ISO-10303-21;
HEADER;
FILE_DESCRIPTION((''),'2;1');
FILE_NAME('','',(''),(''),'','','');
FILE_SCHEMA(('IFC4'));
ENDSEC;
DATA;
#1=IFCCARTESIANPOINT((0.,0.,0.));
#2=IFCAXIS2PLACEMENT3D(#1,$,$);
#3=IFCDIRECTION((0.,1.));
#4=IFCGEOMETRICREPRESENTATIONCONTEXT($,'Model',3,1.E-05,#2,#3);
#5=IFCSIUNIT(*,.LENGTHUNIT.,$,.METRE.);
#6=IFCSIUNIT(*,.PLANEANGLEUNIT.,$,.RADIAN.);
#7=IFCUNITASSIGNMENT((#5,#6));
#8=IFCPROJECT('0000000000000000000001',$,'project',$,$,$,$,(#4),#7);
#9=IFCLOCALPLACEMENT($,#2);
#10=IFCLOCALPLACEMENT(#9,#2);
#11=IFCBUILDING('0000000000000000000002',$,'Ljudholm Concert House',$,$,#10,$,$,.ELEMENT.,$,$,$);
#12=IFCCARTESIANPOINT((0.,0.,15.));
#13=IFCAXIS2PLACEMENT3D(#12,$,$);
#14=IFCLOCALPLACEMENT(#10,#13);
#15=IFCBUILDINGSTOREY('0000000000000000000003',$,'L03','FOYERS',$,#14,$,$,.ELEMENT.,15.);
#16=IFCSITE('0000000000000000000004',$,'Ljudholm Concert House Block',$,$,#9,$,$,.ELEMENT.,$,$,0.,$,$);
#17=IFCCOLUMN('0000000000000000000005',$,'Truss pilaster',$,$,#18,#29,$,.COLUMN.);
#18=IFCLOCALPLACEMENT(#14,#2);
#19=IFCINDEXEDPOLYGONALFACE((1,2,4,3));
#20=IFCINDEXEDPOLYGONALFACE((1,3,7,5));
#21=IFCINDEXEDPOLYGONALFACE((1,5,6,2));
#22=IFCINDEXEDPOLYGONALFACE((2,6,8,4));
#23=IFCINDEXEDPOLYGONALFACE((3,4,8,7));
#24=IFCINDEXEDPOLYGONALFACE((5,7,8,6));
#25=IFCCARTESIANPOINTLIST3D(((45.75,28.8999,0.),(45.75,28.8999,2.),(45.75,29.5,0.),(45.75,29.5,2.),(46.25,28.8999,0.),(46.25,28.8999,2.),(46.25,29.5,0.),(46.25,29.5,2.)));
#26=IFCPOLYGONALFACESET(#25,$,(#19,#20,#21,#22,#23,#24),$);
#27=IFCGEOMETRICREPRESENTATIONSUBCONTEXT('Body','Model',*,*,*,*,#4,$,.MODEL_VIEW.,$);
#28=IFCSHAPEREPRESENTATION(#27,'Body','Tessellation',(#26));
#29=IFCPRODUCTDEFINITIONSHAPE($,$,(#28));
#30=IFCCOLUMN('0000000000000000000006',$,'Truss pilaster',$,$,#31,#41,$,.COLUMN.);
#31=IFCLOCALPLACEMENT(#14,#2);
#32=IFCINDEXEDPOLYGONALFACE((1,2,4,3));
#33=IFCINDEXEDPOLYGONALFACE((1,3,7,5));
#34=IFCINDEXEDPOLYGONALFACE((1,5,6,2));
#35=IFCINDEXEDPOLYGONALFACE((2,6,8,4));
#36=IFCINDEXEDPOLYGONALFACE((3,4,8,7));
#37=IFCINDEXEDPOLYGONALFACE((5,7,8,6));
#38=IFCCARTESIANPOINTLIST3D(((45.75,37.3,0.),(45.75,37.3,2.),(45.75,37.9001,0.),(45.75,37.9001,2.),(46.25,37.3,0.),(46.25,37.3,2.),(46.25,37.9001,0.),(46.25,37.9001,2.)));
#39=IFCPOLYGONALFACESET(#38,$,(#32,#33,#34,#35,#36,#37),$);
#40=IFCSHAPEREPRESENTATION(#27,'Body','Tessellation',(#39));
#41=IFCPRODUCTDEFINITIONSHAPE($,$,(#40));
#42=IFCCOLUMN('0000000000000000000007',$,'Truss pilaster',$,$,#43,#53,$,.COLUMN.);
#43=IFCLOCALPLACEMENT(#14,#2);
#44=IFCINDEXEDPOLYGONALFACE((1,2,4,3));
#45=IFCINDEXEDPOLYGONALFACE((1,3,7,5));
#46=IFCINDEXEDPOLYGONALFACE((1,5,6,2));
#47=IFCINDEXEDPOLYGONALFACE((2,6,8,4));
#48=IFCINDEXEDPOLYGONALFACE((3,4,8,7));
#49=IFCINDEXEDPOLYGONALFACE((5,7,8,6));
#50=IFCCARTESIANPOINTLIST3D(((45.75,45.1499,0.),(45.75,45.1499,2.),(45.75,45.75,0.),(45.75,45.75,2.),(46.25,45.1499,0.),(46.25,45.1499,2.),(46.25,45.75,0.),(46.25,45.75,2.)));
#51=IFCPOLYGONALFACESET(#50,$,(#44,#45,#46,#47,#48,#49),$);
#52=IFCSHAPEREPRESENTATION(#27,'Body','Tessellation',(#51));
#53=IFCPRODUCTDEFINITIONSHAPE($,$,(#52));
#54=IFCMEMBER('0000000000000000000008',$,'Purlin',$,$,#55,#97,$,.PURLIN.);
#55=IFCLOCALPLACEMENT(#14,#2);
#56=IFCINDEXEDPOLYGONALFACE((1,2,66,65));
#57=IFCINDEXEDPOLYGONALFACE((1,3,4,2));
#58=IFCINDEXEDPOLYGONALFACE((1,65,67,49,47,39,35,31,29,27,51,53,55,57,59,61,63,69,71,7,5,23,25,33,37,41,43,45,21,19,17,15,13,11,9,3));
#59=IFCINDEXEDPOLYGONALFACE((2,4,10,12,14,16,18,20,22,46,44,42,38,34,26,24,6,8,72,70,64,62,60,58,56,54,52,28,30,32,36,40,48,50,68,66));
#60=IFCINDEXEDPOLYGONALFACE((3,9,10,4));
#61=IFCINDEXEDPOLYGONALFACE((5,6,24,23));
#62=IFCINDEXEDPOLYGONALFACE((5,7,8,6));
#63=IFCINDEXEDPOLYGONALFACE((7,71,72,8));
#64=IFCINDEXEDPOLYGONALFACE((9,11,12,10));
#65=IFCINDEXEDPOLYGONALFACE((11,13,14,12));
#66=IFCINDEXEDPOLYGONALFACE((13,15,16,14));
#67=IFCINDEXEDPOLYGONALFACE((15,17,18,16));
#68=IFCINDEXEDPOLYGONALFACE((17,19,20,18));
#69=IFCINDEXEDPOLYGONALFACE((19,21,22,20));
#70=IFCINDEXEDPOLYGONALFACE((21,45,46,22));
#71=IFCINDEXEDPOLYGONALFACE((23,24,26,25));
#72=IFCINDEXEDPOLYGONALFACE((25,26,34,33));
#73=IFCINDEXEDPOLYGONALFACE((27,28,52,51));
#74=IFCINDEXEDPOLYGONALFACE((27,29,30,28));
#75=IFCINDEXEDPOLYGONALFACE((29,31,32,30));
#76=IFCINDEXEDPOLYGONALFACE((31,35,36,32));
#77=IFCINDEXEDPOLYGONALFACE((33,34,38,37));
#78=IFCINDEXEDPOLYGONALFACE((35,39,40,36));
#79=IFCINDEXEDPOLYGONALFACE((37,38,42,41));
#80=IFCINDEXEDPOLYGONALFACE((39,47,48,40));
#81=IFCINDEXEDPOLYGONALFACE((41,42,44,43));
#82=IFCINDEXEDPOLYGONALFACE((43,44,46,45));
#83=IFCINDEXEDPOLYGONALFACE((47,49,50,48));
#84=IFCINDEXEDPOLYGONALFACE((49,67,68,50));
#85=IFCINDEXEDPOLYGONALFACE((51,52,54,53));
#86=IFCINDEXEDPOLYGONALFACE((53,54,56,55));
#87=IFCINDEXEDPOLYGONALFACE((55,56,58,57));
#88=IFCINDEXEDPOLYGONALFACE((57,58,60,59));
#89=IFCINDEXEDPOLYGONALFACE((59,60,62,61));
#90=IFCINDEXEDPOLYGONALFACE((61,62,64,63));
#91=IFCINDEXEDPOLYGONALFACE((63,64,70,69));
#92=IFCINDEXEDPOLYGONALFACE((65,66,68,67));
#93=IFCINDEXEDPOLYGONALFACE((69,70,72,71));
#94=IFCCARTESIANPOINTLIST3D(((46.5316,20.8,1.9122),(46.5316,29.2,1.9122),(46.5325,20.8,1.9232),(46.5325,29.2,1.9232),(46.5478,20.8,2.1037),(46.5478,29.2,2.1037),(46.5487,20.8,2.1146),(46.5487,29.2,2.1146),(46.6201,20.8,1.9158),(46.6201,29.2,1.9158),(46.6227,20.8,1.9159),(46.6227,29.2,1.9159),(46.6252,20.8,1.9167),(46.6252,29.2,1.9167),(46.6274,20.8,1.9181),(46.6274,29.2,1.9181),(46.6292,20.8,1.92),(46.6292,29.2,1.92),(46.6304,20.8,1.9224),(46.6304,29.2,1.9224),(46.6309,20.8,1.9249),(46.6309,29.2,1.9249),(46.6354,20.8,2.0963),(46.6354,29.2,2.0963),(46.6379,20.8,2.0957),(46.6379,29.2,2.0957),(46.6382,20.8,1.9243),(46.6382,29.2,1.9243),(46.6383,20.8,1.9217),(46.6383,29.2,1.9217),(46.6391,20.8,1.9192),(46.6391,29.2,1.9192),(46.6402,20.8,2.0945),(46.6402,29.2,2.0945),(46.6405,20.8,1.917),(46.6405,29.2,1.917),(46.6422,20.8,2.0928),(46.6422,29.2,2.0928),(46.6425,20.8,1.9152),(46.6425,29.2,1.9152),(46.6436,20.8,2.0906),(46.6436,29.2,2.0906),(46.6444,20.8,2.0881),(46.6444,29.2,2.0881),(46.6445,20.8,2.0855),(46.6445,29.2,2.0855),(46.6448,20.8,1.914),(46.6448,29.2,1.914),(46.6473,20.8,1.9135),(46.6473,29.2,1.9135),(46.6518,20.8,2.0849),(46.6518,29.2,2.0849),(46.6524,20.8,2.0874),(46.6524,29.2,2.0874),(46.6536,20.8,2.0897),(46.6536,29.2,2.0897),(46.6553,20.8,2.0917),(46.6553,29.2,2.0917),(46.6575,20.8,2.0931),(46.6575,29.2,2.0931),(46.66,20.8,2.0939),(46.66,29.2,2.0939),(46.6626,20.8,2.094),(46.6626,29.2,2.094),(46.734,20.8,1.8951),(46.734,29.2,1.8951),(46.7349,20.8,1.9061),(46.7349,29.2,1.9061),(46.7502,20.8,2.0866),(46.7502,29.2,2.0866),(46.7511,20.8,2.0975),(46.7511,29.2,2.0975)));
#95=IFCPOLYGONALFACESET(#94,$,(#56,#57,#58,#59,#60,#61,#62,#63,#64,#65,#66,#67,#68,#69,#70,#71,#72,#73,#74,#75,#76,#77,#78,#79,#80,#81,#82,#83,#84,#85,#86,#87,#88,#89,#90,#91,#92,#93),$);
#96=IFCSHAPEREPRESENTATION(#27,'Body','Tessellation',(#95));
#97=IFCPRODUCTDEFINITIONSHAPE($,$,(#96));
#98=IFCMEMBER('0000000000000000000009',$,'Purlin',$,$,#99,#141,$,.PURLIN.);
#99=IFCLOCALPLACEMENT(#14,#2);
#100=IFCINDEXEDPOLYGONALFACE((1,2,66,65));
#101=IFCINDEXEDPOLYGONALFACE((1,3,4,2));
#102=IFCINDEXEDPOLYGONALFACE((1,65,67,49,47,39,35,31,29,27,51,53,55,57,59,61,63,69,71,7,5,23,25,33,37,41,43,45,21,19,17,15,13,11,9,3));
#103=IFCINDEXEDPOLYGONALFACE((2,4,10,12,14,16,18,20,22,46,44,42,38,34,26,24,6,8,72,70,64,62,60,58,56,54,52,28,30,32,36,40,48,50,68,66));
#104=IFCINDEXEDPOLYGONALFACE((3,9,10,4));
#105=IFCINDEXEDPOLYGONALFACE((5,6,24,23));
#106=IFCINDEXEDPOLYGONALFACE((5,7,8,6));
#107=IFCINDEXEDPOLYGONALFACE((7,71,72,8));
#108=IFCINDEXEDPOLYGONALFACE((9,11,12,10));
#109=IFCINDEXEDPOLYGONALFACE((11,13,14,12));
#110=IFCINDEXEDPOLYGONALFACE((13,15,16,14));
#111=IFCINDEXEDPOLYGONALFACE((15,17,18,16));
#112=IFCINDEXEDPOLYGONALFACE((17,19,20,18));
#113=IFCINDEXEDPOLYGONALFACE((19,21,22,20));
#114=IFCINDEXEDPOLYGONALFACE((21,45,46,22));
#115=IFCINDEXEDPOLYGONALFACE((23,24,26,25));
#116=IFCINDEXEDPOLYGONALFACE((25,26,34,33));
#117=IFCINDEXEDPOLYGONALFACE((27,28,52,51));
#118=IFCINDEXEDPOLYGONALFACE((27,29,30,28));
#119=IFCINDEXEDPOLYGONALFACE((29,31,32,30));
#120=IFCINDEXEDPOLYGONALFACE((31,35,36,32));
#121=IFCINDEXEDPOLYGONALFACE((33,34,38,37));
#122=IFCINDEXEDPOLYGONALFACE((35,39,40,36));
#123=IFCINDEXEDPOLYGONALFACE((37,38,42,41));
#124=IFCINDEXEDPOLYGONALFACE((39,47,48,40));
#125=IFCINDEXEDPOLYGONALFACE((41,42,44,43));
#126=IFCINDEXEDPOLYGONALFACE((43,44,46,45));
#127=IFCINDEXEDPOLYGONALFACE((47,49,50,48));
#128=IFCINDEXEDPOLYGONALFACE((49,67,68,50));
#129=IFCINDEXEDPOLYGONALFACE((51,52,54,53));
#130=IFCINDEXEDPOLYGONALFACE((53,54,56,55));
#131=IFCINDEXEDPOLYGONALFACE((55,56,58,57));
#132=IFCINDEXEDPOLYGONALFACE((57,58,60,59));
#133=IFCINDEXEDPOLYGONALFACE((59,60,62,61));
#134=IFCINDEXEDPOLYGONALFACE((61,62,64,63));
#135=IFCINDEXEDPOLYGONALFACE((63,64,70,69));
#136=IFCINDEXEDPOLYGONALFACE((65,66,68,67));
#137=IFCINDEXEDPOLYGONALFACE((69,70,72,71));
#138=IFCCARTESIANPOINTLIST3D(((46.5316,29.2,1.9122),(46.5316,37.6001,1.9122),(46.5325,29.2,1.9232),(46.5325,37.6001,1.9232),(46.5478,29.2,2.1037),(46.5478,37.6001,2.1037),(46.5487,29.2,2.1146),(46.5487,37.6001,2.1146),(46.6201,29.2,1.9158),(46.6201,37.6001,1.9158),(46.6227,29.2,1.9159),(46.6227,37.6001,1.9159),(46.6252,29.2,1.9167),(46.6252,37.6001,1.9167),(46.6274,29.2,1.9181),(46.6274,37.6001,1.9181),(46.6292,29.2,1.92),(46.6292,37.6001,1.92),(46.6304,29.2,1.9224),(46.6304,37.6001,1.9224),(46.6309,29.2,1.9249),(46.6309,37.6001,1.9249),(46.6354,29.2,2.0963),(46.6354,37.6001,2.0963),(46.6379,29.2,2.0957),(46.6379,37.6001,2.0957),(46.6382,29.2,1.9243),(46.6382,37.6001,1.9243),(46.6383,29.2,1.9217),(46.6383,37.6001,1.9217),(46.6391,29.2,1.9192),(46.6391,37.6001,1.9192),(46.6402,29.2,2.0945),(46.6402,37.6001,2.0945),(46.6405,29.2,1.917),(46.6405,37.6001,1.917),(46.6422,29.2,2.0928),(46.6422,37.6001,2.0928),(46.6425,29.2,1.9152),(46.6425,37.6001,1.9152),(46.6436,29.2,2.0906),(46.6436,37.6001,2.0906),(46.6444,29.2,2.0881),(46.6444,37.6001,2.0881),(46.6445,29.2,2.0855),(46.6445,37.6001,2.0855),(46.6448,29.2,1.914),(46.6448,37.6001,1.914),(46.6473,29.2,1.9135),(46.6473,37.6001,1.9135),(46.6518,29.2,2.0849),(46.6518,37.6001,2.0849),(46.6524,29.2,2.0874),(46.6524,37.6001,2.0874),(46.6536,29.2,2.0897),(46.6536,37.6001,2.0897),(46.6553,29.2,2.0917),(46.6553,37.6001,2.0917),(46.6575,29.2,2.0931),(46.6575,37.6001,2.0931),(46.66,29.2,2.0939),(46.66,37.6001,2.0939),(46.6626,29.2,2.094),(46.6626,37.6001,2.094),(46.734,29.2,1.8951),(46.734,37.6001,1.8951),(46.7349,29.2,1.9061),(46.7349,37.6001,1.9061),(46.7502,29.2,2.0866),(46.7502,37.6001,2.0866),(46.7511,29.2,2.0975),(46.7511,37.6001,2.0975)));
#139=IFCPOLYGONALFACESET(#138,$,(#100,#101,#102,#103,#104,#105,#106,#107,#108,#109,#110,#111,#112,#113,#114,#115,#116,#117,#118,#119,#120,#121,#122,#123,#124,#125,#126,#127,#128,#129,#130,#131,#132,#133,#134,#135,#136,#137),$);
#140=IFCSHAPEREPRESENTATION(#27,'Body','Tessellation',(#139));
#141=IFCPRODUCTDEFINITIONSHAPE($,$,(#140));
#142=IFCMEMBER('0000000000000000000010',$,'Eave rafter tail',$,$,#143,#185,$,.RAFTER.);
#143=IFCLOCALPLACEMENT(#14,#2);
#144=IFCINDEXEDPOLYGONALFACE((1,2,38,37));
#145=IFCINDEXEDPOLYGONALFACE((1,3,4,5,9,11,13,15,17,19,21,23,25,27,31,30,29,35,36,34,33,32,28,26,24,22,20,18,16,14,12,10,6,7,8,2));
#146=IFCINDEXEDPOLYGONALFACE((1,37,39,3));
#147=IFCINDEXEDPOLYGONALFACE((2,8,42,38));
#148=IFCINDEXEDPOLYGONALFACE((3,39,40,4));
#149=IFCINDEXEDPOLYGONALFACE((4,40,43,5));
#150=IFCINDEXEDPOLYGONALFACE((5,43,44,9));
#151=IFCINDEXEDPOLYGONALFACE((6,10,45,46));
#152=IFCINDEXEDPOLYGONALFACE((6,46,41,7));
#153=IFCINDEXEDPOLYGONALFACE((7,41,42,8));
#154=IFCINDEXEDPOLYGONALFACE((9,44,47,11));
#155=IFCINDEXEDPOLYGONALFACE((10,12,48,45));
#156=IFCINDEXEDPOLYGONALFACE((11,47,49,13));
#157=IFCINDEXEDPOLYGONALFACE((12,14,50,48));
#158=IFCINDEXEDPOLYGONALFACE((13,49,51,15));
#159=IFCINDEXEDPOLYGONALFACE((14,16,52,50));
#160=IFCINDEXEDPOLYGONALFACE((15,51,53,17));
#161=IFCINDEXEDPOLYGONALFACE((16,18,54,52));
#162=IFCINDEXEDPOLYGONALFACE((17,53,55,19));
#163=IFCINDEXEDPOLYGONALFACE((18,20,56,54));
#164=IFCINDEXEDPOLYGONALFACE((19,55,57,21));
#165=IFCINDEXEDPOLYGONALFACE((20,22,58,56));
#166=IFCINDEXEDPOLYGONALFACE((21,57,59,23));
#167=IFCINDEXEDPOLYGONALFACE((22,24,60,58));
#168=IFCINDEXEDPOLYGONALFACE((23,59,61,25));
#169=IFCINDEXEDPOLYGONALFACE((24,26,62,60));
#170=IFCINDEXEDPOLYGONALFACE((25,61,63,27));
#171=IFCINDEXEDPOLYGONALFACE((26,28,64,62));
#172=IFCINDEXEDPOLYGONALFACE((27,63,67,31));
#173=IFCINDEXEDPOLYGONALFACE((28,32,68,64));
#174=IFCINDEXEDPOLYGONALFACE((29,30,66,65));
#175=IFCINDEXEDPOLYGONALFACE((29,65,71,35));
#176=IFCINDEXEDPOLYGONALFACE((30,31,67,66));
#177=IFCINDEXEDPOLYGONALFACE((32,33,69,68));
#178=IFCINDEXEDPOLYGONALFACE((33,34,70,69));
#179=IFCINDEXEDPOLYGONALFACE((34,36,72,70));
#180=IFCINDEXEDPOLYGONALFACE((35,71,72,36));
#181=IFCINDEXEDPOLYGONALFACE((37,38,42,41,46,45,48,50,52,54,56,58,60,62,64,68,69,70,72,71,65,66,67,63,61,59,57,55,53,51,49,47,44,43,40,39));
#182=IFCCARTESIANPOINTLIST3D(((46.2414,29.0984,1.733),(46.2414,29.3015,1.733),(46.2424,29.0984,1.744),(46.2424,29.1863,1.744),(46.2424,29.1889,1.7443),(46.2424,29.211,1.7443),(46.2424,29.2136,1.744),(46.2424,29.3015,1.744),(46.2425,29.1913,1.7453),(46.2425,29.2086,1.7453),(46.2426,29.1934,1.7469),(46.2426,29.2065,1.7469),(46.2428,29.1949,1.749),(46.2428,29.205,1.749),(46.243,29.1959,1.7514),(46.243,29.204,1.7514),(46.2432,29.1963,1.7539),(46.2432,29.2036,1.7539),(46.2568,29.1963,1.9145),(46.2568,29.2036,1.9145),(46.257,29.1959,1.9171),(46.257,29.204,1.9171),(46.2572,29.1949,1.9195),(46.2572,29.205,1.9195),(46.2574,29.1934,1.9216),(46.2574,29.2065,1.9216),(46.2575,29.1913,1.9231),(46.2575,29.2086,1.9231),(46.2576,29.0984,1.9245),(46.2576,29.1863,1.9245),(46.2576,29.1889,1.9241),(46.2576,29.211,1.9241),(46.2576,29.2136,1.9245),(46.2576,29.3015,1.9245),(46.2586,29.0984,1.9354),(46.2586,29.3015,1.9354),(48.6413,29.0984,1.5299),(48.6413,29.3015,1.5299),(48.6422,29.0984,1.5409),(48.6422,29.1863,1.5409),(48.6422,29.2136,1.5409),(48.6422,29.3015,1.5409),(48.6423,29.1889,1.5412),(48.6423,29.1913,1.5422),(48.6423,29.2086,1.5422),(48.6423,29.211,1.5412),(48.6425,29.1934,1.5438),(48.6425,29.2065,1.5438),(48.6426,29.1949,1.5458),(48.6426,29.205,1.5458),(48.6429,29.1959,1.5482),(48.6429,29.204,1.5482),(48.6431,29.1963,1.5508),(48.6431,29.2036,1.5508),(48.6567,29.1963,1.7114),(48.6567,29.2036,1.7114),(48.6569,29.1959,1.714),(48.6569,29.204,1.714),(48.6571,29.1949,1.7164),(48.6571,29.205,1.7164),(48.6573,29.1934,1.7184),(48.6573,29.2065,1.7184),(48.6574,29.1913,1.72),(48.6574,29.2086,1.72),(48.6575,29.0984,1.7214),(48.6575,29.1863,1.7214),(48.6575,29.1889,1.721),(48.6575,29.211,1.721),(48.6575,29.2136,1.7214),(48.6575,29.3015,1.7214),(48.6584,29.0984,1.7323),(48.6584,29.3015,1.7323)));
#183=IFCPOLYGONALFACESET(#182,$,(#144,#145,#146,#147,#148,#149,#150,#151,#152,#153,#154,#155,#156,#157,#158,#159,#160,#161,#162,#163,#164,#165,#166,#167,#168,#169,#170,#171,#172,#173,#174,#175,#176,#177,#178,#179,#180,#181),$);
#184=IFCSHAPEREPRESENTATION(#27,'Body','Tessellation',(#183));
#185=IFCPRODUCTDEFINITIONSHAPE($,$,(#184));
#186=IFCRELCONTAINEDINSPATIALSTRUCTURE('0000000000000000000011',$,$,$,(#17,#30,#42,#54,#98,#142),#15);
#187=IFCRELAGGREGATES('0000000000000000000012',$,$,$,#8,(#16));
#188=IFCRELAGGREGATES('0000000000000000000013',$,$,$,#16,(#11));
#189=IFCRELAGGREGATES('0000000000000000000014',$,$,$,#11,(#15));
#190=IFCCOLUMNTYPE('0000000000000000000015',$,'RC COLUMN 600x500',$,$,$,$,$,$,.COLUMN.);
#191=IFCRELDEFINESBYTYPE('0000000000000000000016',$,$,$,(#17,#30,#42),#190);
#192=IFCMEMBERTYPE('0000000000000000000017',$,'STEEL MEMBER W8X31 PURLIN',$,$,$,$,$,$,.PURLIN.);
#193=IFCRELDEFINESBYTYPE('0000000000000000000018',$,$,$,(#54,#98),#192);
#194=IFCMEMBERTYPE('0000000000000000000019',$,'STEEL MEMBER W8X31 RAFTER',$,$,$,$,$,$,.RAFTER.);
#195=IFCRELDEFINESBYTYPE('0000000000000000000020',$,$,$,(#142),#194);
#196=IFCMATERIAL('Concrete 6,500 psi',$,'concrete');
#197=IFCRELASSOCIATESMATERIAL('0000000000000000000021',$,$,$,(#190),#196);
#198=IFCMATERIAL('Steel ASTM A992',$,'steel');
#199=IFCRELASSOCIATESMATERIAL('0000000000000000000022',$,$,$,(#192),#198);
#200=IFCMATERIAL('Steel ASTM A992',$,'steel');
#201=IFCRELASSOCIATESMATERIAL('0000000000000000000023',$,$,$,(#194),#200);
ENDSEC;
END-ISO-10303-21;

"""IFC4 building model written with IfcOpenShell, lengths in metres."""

from ifc_helpers import new_model, si_unit, direction, frame, origin, origin_2d, place, context, subcontext, project, spatial, rectangle, i_section, extrude, material, material_profile, profile_set, type_object, element, save


model = new_model("IFC4")

# Units and contexts
model_context = context("Model", 3, precision=1e-05, world=origin(), true_north=direction((0.0, 1.0)))
body_context = subcontext(model_context, "Body", "Model", "MODEL_VIEW")
ifc_project = project(units=[si_unit("LENGTHUNIT", "METRE"), si_unit("PLANEANGLEUNIT", "RADIAN")], contexts=[model_context])

# Site, building, storey
site_placement = place(None, origin())
site = spatial("IfcSite", under=ifc_project, at=site_placement, Name="Ljudholm Concert House Block", CompositionType="ELEMENT", RefElevation=0.0)
building_placement = place(site_placement, origin())
building = spatial("IfcBuilding", under=site, at=building_placement, Name="Ljudholm Concert House", CompositionType="ELEMENT")
storey_placement = place(building_placement, frame((0.0, 0.0, 15.0)))
storey = spatial("IfcBuildingStorey", under=building, at=storey_placement, Name="L03", Description="FOYERS", CompositionType="ELEMENT", Elevation=15.0)

# Columns
ifc_material_1 = material(Name="Concrete 6,500 psi", Category="concrete")
ifc_material_profile_1 = material_profile(ifc_material_1, rectangle(XDim=0.6001, YDim=0.5, at=origin_2d()), Name="RC COLUMN 600x500")
ifc_profile_set_1 = profile_set([ifc_material_profile_1], Name="Concrete 6,500 psi")
column_type = type_object("IfcColumnType", Name="RC COLUMN 600x500", PredefinedType="COLUMN", material=ifc_profile_set_1)
for number, where, z_axis, x_axis, name in (
    (1, (46.0, 29.2, 0.0), (0.0, 0.0, 1.0), (0.0, 1.0, 0.0), "Truss pilaster"),
    (2, (46.0, 37.6001, 0.0), (0.0, 0.0, 1.0), (0.0, 1.0, 0.0), "Truss pilaster"),
    (3, (46.0, 45.45, 0.0), (0.0, 0.0, 1.0), (0.0, 1.0, 0.0), "Truss pilaster"),
):
    element("IfcColumn", number, at=place(storey_placement, frame(where, z_axis=z_axis, x_axis=x_axis)), inside=storey, type_object=column_type, Name=name, PredefinedType="COLUMN", context=body_context, shape_type="SweptSolid", body=[
        extrude(rectangle(XDim=0.6001, YDim=0.5, at=origin_2d()), origin(), (0.0, 0.0, 1.0), 2.0),
    ])

# Members
ifc_material_2 = material(Name="Steel ASTM A992", Category="steel")
ifc_material_profile_2 = material_profile(ifc_material_2, i_section(OverallWidth=0.2031, OverallDepth=0.2031, WebThickness=0.0073, FlangeThickness=0.011, FilletRadius=0.01, at=origin_2d()), Name="W8X31")
ifc_profile_set_2 = profile_set([ifc_material_profile_2], Name="Steel ASTM A992")
member_type_1 = type_object("IfcMemberType", Name="STEEL MEMBER W8X31 PURLIN", PredefinedType="PURLIN", material=ifc_profile_set_2)
member_1_placement = place(storey_placement, frame((46.6414, 20.8, 2.0049), z_axis=(0.0, 1.0, 0.0), x_axis=(-0.996441, 0.0, 0.084291)))
element("IfcMember", 4, at=member_1_placement, inside=storey, type_object=member_type_1, Name="Purlin", PredefinedType="PURLIN", context=body_context, shape_type="SweptSolid", body=[
    extrude(i_section(OverallWidth=0.2031, OverallDepth=0.2031, WebThickness=0.0073, FlangeThickness=0.011, FilletRadius=0.01, at=origin_2d()), origin(), (0.0, 0.0, 1.0), 8.3999),
])
member_2_placement = place(storey_placement, frame((46.6414, 29.2, 2.0049), z_axis=(0.0, 1.0, 0.0), x_axis=(-0.996441, 0.0, 0.084291)))
element("IfcMember", 5, at=member_2_placement, inside=storey, type_object=member_type_1, Name="Purlin", PredefinedType="PURLIN", context=body_context, shape_type="SweptSolid", body=[
    extrude(i_section(OverallWidth=0.2031, OverallDepth=0.2031, WebThickness=0.0073, FlangeThickness=0.011, FilletRadius=0.01, at=origin_2d()), origin(), (0.0, 0.0, 1.0), 8.4001),
])
ifc_material_3 = material(Name="Steel ASTM A992", Category="steel")
ifc_material_profile_3 = material_profile(ifc_material_3, i_section(OverallWidth=0.2031, OverallDepth=0.2031, WebThickness=0.0073, FlangeThickness=0.011, FilletRadius=0.01, at=origin_2d()), Name="W8X31")
ifc_profile_set_3 = profile_set([ifc_material_profile_3], Name="Steel ASTM A992")
member_type_2 = type_object("IfcMemberType", Name="STEEL MEMBER W8X31 RAFTER", PredefinedType="RAFTER", material=ifc_profile_set_3)
for number, where, z_axis, x_axis, name in (
    (6, (46.25, 29.2, 1.8342), (0.996437, 0.0, -0.084337), (0.0, 1.0, 0.0), "Eave rafter tail"),
):
    element("IfcMember", number, at=place(storey_placement, frame(where, z_axis=z_axis, x_axis=x_axis)), inside=storey, type_object=member_type_2, Name=name, PredefinedType="RAFTER", context=body_context, shape_type="SweptSolid", body=[
        extrude(i_section(OverallWidth=0.2031, OverallDepth=0.2031, WebThickness=0.0073, FlangeThickness=0.011, FilletRadius=0.01, at=origin_2d()), origin(), (0.0, 0.0, 1.0), 2.4084),
    ])

save(model, "model.ifc")
